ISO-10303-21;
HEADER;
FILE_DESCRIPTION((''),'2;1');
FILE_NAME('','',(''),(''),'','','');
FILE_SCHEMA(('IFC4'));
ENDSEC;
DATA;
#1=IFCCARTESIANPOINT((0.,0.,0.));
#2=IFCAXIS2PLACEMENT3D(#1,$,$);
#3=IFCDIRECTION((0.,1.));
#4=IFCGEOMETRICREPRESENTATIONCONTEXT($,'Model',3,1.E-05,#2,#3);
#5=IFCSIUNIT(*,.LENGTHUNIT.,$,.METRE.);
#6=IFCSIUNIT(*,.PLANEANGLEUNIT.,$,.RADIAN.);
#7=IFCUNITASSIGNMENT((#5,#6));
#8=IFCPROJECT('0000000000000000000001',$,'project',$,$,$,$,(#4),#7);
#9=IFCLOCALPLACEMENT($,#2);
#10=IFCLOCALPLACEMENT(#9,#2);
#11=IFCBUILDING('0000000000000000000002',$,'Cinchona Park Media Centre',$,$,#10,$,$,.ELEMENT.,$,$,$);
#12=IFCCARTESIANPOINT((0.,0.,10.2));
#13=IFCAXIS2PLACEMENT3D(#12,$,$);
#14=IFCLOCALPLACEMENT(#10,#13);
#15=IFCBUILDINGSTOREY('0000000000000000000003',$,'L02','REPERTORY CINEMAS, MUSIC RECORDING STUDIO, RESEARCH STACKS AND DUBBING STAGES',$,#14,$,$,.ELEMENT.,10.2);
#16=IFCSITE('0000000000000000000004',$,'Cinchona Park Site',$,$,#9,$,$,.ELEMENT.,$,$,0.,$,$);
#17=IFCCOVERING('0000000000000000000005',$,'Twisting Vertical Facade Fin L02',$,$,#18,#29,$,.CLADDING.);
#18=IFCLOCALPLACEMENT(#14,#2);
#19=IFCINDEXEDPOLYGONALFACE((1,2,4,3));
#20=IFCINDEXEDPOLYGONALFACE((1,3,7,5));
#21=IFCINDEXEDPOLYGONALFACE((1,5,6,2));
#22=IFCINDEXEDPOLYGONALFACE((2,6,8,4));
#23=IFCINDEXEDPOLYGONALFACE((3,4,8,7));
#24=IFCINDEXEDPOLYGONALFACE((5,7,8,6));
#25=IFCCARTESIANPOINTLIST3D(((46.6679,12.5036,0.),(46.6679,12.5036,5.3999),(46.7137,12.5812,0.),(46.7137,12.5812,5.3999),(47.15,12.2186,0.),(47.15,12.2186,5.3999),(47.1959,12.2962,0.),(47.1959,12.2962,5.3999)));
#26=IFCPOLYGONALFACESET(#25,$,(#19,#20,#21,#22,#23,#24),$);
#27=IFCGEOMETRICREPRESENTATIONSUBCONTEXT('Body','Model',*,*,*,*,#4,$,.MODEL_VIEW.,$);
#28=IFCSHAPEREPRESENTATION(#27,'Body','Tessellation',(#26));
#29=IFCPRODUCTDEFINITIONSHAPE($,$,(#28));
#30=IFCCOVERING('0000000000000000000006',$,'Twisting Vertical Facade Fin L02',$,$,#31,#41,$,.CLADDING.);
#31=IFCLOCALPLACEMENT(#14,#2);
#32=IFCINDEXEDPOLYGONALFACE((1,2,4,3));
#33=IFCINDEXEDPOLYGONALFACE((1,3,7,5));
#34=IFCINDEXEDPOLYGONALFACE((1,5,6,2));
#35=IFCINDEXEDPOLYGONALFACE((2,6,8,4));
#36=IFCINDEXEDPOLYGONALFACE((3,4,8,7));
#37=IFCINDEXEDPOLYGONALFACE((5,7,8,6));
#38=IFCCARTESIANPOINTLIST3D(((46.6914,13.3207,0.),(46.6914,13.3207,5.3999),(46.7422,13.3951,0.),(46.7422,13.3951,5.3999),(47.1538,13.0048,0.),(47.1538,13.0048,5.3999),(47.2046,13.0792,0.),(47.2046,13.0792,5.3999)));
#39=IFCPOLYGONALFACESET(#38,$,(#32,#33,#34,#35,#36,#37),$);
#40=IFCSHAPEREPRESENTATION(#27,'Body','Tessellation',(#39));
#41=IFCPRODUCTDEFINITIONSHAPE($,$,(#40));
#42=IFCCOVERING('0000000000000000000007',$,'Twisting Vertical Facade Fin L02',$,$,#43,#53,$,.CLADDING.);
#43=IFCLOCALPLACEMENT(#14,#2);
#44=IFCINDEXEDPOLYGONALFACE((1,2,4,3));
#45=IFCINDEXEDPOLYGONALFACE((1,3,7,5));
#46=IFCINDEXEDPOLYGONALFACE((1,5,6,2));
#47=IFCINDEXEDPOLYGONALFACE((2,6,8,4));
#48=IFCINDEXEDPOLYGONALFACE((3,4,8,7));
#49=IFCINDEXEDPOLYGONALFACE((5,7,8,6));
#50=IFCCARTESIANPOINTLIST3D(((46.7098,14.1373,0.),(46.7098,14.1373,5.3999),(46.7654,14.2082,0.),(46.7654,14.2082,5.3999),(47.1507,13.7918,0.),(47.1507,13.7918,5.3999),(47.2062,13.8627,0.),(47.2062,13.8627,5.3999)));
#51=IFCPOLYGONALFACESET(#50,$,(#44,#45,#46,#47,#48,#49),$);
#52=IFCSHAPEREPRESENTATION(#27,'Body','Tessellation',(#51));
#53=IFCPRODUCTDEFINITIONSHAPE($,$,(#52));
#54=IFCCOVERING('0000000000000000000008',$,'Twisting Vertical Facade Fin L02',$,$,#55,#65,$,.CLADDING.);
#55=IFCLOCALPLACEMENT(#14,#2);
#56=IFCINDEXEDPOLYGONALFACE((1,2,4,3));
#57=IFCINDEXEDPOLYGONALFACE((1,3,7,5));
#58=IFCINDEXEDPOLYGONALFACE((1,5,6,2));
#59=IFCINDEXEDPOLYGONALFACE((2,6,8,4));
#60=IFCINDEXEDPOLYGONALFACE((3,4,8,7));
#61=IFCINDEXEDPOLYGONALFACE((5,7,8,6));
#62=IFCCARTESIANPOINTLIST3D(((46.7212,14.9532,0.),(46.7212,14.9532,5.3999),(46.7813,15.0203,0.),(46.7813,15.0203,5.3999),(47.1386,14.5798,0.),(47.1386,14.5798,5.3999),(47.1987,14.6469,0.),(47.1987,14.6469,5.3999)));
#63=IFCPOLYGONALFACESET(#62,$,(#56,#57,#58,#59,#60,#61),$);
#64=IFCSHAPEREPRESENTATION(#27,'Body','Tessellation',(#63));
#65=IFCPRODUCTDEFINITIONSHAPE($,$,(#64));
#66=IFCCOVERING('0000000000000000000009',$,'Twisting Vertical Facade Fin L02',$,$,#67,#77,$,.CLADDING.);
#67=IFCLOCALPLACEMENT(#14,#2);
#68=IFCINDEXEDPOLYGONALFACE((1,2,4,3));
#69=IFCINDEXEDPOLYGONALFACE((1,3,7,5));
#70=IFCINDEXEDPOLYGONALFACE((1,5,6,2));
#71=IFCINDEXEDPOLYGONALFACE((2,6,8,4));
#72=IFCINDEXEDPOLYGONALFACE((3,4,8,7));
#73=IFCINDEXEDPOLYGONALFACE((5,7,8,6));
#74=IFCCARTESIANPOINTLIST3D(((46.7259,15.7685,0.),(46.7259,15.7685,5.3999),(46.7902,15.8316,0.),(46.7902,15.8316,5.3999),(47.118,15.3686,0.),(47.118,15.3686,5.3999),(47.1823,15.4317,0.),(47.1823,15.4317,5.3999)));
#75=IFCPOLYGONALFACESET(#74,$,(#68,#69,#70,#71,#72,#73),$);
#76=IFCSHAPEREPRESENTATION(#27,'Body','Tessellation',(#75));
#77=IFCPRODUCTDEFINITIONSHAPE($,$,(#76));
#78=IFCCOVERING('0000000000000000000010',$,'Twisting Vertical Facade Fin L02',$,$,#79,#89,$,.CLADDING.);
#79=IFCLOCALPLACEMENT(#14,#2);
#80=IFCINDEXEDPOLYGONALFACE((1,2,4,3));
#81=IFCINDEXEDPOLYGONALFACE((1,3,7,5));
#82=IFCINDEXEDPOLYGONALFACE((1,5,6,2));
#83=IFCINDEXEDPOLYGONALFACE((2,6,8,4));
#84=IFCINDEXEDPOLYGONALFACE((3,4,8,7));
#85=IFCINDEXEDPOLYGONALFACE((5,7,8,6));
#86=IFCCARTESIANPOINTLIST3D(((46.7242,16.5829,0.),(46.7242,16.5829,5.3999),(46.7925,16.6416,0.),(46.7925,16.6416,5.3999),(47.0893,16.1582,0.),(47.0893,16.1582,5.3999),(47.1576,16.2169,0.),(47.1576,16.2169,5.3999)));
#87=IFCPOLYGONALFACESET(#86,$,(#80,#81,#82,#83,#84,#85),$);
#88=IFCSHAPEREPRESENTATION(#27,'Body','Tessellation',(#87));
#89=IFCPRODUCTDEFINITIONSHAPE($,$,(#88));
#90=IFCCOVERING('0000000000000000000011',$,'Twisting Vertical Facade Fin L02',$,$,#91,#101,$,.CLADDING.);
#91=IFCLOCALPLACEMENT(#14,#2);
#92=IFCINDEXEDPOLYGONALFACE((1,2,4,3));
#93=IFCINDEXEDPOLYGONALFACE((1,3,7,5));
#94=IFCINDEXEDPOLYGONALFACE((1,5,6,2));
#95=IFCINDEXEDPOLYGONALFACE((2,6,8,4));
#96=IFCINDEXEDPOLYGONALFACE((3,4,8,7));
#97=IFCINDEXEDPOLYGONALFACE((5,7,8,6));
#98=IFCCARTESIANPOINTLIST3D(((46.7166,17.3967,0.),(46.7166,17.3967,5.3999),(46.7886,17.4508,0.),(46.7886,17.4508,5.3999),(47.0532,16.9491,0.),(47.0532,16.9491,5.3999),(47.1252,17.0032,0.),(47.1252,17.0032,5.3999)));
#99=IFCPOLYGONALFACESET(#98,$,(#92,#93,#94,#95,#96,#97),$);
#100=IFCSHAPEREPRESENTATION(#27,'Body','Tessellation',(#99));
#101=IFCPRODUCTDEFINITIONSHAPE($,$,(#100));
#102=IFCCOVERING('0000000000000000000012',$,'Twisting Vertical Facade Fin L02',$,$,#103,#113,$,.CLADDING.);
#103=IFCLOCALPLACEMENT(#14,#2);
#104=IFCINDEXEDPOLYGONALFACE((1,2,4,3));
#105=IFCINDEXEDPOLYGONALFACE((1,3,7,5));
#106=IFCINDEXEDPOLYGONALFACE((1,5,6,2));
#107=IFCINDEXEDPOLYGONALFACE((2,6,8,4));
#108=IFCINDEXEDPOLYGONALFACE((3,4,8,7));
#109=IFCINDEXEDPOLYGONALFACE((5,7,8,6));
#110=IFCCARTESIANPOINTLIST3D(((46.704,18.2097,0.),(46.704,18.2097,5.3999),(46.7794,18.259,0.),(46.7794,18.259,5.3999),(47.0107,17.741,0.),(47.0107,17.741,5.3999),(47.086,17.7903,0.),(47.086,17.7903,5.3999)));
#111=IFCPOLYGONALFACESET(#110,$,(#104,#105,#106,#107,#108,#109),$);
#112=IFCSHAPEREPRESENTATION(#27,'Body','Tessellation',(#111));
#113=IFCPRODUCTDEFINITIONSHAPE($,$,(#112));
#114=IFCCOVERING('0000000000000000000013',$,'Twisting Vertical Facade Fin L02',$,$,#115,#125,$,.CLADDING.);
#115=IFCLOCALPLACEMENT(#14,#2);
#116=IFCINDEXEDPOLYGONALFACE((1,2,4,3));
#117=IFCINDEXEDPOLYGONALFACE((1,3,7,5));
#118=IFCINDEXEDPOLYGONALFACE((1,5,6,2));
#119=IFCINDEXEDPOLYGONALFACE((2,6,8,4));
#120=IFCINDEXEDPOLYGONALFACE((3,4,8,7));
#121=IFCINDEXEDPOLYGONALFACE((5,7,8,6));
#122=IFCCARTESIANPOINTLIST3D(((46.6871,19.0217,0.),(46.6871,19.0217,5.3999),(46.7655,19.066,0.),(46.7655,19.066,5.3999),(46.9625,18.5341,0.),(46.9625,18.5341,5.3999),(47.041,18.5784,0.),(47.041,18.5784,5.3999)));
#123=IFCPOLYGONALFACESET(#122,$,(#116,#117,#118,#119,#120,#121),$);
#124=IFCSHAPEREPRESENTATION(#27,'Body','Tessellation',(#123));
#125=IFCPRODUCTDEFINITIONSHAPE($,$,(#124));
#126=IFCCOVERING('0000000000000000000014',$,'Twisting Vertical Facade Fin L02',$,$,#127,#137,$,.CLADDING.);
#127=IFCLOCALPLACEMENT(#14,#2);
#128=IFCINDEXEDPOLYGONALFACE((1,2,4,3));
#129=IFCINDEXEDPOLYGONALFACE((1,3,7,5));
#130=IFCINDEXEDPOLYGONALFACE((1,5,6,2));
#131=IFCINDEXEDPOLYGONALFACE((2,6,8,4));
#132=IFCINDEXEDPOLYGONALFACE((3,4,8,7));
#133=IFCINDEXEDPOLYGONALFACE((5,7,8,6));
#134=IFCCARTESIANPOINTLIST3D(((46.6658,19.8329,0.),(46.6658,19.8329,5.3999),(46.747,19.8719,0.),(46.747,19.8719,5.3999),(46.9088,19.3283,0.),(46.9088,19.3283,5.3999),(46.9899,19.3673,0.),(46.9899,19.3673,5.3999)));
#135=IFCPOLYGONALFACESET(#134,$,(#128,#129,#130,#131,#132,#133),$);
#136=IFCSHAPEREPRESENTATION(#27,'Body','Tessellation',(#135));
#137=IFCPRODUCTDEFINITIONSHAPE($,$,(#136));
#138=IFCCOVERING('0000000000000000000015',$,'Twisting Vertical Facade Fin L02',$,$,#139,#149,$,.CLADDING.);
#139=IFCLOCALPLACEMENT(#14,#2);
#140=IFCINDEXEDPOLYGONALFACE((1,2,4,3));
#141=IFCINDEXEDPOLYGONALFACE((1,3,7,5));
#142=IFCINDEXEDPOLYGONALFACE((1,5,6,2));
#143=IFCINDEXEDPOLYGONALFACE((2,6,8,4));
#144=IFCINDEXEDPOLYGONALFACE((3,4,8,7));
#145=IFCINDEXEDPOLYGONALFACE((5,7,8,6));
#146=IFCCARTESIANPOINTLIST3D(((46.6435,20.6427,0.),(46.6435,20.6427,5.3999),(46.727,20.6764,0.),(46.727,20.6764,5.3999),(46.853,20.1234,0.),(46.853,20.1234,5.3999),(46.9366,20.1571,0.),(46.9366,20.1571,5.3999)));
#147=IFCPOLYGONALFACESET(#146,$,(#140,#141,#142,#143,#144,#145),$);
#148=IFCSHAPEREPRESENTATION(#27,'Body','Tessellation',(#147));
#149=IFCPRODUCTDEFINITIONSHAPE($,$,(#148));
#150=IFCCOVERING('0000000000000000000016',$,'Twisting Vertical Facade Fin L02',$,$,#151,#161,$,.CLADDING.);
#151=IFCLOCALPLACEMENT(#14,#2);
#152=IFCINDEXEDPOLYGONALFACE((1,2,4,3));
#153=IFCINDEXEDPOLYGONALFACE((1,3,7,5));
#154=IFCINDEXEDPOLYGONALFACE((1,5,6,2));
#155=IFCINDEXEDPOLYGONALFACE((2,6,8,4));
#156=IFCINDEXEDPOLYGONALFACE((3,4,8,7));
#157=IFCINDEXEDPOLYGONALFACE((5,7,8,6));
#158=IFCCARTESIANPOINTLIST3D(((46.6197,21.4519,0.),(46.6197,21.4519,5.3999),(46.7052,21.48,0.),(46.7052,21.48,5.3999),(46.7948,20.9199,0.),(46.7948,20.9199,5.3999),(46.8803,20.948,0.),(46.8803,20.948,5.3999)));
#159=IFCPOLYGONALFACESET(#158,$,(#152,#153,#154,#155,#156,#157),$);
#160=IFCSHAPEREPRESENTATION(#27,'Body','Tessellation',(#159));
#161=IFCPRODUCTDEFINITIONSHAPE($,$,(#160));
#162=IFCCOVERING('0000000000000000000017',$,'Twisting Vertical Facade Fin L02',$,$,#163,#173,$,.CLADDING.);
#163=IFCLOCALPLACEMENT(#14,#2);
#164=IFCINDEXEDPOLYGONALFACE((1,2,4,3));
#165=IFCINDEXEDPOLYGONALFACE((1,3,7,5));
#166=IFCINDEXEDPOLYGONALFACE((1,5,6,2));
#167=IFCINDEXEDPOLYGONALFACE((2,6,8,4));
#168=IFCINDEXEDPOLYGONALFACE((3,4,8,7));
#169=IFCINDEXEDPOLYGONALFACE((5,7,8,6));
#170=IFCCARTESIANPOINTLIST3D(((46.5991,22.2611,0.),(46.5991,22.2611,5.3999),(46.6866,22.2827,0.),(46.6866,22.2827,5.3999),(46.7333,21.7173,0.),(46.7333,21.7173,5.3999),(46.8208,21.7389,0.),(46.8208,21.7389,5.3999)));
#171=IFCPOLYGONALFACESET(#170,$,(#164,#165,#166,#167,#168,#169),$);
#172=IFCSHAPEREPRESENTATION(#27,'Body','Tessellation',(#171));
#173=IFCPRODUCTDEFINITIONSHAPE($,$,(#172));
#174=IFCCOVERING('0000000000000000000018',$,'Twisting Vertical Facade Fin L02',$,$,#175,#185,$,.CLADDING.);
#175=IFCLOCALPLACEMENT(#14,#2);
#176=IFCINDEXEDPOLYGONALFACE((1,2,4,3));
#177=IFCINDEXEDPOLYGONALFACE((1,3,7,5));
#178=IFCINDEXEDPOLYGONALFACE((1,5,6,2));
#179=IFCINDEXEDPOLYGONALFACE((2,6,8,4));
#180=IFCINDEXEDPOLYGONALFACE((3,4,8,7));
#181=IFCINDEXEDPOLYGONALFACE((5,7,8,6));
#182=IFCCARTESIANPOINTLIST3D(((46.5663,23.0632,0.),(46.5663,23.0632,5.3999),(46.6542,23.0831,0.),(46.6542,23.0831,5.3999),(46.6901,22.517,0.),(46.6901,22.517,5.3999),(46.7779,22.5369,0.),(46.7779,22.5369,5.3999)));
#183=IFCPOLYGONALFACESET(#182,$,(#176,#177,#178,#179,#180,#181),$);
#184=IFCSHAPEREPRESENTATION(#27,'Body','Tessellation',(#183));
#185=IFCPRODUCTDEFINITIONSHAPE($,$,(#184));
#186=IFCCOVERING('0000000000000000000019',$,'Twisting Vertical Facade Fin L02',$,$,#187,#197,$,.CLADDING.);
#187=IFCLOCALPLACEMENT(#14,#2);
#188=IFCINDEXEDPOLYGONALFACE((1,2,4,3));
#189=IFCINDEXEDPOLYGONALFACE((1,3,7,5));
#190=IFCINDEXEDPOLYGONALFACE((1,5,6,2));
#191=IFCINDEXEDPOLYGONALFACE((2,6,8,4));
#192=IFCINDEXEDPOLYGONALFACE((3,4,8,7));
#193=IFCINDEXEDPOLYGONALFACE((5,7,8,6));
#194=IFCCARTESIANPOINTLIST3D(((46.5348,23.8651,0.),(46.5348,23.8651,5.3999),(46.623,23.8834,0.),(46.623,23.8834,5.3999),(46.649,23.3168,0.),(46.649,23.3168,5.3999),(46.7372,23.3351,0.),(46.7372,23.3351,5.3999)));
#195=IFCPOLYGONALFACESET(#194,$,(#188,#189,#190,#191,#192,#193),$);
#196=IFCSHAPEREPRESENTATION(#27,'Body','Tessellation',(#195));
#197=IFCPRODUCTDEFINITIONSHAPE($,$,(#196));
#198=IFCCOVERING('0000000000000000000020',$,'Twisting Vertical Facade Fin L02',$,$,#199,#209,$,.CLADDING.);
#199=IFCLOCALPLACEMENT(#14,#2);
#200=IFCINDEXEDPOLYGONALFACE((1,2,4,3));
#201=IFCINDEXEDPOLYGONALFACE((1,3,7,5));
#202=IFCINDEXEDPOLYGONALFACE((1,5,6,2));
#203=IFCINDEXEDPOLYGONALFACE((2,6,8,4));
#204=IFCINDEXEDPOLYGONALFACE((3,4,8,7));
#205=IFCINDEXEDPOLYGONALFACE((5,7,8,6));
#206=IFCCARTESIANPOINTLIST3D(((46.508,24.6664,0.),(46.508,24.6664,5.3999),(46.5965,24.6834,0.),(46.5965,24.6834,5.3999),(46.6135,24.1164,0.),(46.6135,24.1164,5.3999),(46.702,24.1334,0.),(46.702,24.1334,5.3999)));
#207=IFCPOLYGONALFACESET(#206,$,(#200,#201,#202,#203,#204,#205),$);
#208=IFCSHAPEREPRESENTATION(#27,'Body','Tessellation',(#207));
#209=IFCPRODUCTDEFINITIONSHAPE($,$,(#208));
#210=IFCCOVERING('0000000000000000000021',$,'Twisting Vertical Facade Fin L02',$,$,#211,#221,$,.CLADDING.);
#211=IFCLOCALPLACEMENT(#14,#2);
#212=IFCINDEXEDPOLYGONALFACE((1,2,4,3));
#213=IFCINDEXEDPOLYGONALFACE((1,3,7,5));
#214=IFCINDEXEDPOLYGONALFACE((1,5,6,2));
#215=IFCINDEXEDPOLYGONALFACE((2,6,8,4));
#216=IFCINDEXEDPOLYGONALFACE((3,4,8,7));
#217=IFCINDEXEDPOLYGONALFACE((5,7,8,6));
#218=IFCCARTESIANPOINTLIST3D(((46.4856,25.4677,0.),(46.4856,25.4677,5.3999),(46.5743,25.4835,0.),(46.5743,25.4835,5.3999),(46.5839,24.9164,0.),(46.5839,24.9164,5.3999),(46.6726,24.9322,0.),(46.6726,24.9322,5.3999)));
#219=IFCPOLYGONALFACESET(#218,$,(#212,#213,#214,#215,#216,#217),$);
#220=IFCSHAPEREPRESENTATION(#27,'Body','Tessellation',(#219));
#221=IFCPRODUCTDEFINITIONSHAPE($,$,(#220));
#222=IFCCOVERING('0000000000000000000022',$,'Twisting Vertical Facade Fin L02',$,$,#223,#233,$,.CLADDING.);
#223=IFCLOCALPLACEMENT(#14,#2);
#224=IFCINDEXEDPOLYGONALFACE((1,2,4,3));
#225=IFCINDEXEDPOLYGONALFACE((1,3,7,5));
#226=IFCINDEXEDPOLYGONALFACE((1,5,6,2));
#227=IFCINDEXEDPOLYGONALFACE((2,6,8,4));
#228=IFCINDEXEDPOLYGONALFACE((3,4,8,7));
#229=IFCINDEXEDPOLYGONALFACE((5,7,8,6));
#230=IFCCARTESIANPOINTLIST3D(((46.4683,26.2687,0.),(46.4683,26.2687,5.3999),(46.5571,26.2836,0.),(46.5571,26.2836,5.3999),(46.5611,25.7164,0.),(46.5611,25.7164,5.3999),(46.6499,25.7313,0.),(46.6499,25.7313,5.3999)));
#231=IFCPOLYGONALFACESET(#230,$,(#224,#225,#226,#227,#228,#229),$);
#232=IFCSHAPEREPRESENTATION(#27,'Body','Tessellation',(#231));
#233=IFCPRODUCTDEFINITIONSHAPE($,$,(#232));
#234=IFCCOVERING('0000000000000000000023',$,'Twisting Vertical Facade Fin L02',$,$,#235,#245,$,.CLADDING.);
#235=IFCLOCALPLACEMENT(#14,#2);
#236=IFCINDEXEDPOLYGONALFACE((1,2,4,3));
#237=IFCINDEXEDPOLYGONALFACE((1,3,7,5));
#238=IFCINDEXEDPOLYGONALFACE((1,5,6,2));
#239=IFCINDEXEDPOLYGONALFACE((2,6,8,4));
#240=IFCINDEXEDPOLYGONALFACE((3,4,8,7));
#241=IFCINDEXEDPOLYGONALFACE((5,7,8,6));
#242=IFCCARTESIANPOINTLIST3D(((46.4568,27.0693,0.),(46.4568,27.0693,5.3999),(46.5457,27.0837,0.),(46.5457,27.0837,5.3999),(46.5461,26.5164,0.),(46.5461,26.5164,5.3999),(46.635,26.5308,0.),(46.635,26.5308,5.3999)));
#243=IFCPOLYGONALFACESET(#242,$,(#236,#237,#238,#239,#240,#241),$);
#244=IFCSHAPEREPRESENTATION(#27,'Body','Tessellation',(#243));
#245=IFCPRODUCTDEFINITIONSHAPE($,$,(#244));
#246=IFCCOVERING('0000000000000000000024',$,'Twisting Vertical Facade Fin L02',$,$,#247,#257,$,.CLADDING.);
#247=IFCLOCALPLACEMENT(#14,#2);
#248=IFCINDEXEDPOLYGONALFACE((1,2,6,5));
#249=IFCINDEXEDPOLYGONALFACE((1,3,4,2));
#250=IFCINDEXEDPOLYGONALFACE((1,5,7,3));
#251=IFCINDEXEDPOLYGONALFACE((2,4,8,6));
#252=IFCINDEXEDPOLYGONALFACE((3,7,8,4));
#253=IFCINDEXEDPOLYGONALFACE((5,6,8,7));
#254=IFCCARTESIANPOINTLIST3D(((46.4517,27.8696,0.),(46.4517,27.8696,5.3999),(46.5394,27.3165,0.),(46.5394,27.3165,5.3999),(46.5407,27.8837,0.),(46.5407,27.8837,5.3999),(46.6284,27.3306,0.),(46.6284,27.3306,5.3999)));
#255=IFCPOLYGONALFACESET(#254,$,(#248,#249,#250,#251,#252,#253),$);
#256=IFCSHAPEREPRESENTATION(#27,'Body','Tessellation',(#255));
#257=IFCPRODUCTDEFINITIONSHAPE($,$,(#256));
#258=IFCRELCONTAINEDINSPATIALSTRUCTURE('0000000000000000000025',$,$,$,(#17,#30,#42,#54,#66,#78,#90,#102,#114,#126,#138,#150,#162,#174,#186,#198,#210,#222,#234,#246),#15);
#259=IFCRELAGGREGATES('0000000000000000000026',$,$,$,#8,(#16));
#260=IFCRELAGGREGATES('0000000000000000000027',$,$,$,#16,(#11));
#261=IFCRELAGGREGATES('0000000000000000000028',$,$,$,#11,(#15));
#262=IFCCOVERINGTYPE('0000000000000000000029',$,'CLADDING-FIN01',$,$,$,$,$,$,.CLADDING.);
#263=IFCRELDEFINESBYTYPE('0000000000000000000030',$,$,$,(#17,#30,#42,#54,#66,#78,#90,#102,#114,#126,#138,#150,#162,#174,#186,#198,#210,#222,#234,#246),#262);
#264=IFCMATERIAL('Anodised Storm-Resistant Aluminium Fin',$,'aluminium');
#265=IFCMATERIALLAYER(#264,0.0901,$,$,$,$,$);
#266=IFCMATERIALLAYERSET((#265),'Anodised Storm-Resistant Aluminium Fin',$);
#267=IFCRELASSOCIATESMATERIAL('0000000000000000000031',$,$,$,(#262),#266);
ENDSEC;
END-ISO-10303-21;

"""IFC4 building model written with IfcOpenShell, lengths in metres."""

from ifc_helpers import new_model, si_unit, direction, frame, origin, origin_2d, place, context, subcontext, project, spatial, rectangle, extrude, material, layer, layer_set, type_object, element, save


model = new_model("IFC4")

# Units and contexts
model_context = context("Model", 3, precision=1e-05, world=origin(), true_north=direction((0.0, 1.0)))
body_context = subcontext(model_context, "Body", "Model", "MODEL_VIEW")
ifc_project = project(units=[si_unit("LENGTHUNIT", "METRE"), si_unit("PLANEANGLEUNIT", "RADIAN")], contexts=[model_context])

# Site, building, storey
site_placement = place(None, origin())
site = spatial("IfcSite", under=ifc_project, at=site_placement, Name="Cinchona Park Site", CompositionType="ELEMENT", RefElevation=0.0)
building_placement = place(site_placement, origin())
building = spatial("IfcBuilding", under=site, at=building_placement, Name="Cinchona Park Media Centre", CompositionType="ELEMENT")
storey_placement = place(building_placement, frame((0.0, 0.0, 10.2)))
storey = spatial("IfcBuildingStorey", under=building, at=storey_placement, Name="L02", Description="REPERTORY CINEMAS, MUSIC RECORDING STUDIO, RESEARCH STACKS AND DUBBING STAGES", CompositionType="ELEMENT", Elevation=10.2)

# Coverings
ifc_material_1 = material(Name="Anodised Storm-Resistant Aluminium Fin", Category="aluminium")
ifc_layer = layer(ifc_material_1, 0.0901)
ifc_layer_set = layer_set([ifc_layer], Name="Anodised Storm-Resistant Aluminium Fin")
covering_type = type_object("IfcCoveringType", Name="CLADDING-FIN01", PredefinedType="CLADDING", material=ifc_layer_set)
for number, where, z_axis, x_axis, name in (
    (1, (46.9319, 12.3999, 0.0), (0.0, 0.0, 1.0), (-0.860831, 0.508891, 0.0), "Twisting Vertical Facade Fin L02"),
    (2, (46.948, 13.2, 0.0), (0.0, 0.0, 1.0), (-0.825705, 0.564103, 0.0), "Twisting Vertical Facade Fin L02"),
    (3, (46.958, 14.0, 0.0), (0.0, 0.0, 1.0), (-0.78715, 0.616761, 0.0), "Twisting Vertical Facade Fin L02"),
    (4, (46.96, 14.8, 0.0), (0.0, 0.0, 1.0), (-0.745243, 0.666793, 0.0), "Twisting Vertical Facade Fin L02"),
    (5, (46.9541, 15.6001, 0.0), (0.0, 0.0, 1.0), (-0.700037, 0.714106, 0.0), "Twisting Vertical Facade Fin L02"),
    (6, (46.9409, 16.3999, 0.0), (0.0, 0.0, 1.0), (-0.651966, 0.758248, 0.0), "Twisting Vertical Facade Fin L02"),
    (7, (46.9209, 17.2, 0.0), (0.0, 0.0, 1.0), (-0.600978, 0.799265, 0.0), "Twisting Vertical Facade Fin L02"),
    (8, (46.895, 18.0, 0.0), (0.0, 0.0, 1.0), (-0.547563, 0.836764, 0.0), "Twisting Vertical Facade Fin L02"),
    (9, (46.864, 18.8, 0.0), (0.0, 0.0, 1.0), (-0.491816, 0.870699, 0.0), "Twisting Vertical Facade Fin L02"),
    (10, (46.8279, 19.6001, 0.0), (0.0, 0.0, 1.0), (-0.433816, 0.901001, 0.0), "Twisting Vertical Facade Fin L02"),
    (11, (46.79, 20.3999, 0.0), (0.0, 0.0, 1.0), (-0.374121, 0.92738, 0.0), "Twisting Vertical Facade Fin L02"),
    (12, (46.75, 21.2, 0.0), (0.0, 0.0, 1.0), (-0.312667, 0.949863, 0.0), "Twisting Vertical Facade Fin L02"),
    (13, (46.71, 22.0, 0.0), (0.0, 0.0, 1.0), (-0.23955, 0.970884, 0.0), "Twisting Vertical Facade Fin L02"),
    (14, (46.6721, 22.8, 0.0), (0.0, 0.0, 1.0), (-0.221038, 0.975265, 0.0), "Twisting Vertical Facade Fin L02"),
    (15, (46.636, 23.6001, 0.0), (0.0, 0.0, 1.0), (-0.203813, 0.97901, 0.0), "Twisting Vertical Facade Fin L02"),
    (16, (46.605, 24.3999, 0.0), (0.0, 0.0, 1.0), (-0.18841, 0.98209, 0.0), "Twisting Vertical Facade Fin L02"),
    (17, (46.5791, 25.2, 0.0), (0.0, 0.0, 1.0), (-0.175539, 0.984473, 0.0), "Twisting Vertical Facade Fin L02"),
    (18, (46.5591, 26.0, 0.0), (0.0, 0.0, 1.0), (-0.165736, 0.98617, 0.0), "Twisting Vertical Facade Fin L02"),
    (19, (46.5459, 26.8, 0.0), (0.0, 0.0, 1.0), (-0.159364, 0.98722, 0.0), "Twisting Vertical Facade Fin L02"),
    (20, (46.54, 27.6001, 0.0), (0.0, 0.0, 1.0), (-0.156607, 0.987661, 0.0), "Twisting Vertical Facade Fin L02"),
):
    element("IfcCovering", number, at=place(storey_placement, frame(where, z_axis=z_axis, x_axis=x_axis)), inside=storey, type_object=covering_type, Name=name, PredefinedType="CLADDING", context=body_context, shape_type="SweptSolid", body=[
        extrude(rectangle(XDim=0.5601, YDim=0.0901, at=origin_2d()), origin(), (0.0, 0.0, 1.0), 5.3999),
    ])

save(model, "model.ifc")
